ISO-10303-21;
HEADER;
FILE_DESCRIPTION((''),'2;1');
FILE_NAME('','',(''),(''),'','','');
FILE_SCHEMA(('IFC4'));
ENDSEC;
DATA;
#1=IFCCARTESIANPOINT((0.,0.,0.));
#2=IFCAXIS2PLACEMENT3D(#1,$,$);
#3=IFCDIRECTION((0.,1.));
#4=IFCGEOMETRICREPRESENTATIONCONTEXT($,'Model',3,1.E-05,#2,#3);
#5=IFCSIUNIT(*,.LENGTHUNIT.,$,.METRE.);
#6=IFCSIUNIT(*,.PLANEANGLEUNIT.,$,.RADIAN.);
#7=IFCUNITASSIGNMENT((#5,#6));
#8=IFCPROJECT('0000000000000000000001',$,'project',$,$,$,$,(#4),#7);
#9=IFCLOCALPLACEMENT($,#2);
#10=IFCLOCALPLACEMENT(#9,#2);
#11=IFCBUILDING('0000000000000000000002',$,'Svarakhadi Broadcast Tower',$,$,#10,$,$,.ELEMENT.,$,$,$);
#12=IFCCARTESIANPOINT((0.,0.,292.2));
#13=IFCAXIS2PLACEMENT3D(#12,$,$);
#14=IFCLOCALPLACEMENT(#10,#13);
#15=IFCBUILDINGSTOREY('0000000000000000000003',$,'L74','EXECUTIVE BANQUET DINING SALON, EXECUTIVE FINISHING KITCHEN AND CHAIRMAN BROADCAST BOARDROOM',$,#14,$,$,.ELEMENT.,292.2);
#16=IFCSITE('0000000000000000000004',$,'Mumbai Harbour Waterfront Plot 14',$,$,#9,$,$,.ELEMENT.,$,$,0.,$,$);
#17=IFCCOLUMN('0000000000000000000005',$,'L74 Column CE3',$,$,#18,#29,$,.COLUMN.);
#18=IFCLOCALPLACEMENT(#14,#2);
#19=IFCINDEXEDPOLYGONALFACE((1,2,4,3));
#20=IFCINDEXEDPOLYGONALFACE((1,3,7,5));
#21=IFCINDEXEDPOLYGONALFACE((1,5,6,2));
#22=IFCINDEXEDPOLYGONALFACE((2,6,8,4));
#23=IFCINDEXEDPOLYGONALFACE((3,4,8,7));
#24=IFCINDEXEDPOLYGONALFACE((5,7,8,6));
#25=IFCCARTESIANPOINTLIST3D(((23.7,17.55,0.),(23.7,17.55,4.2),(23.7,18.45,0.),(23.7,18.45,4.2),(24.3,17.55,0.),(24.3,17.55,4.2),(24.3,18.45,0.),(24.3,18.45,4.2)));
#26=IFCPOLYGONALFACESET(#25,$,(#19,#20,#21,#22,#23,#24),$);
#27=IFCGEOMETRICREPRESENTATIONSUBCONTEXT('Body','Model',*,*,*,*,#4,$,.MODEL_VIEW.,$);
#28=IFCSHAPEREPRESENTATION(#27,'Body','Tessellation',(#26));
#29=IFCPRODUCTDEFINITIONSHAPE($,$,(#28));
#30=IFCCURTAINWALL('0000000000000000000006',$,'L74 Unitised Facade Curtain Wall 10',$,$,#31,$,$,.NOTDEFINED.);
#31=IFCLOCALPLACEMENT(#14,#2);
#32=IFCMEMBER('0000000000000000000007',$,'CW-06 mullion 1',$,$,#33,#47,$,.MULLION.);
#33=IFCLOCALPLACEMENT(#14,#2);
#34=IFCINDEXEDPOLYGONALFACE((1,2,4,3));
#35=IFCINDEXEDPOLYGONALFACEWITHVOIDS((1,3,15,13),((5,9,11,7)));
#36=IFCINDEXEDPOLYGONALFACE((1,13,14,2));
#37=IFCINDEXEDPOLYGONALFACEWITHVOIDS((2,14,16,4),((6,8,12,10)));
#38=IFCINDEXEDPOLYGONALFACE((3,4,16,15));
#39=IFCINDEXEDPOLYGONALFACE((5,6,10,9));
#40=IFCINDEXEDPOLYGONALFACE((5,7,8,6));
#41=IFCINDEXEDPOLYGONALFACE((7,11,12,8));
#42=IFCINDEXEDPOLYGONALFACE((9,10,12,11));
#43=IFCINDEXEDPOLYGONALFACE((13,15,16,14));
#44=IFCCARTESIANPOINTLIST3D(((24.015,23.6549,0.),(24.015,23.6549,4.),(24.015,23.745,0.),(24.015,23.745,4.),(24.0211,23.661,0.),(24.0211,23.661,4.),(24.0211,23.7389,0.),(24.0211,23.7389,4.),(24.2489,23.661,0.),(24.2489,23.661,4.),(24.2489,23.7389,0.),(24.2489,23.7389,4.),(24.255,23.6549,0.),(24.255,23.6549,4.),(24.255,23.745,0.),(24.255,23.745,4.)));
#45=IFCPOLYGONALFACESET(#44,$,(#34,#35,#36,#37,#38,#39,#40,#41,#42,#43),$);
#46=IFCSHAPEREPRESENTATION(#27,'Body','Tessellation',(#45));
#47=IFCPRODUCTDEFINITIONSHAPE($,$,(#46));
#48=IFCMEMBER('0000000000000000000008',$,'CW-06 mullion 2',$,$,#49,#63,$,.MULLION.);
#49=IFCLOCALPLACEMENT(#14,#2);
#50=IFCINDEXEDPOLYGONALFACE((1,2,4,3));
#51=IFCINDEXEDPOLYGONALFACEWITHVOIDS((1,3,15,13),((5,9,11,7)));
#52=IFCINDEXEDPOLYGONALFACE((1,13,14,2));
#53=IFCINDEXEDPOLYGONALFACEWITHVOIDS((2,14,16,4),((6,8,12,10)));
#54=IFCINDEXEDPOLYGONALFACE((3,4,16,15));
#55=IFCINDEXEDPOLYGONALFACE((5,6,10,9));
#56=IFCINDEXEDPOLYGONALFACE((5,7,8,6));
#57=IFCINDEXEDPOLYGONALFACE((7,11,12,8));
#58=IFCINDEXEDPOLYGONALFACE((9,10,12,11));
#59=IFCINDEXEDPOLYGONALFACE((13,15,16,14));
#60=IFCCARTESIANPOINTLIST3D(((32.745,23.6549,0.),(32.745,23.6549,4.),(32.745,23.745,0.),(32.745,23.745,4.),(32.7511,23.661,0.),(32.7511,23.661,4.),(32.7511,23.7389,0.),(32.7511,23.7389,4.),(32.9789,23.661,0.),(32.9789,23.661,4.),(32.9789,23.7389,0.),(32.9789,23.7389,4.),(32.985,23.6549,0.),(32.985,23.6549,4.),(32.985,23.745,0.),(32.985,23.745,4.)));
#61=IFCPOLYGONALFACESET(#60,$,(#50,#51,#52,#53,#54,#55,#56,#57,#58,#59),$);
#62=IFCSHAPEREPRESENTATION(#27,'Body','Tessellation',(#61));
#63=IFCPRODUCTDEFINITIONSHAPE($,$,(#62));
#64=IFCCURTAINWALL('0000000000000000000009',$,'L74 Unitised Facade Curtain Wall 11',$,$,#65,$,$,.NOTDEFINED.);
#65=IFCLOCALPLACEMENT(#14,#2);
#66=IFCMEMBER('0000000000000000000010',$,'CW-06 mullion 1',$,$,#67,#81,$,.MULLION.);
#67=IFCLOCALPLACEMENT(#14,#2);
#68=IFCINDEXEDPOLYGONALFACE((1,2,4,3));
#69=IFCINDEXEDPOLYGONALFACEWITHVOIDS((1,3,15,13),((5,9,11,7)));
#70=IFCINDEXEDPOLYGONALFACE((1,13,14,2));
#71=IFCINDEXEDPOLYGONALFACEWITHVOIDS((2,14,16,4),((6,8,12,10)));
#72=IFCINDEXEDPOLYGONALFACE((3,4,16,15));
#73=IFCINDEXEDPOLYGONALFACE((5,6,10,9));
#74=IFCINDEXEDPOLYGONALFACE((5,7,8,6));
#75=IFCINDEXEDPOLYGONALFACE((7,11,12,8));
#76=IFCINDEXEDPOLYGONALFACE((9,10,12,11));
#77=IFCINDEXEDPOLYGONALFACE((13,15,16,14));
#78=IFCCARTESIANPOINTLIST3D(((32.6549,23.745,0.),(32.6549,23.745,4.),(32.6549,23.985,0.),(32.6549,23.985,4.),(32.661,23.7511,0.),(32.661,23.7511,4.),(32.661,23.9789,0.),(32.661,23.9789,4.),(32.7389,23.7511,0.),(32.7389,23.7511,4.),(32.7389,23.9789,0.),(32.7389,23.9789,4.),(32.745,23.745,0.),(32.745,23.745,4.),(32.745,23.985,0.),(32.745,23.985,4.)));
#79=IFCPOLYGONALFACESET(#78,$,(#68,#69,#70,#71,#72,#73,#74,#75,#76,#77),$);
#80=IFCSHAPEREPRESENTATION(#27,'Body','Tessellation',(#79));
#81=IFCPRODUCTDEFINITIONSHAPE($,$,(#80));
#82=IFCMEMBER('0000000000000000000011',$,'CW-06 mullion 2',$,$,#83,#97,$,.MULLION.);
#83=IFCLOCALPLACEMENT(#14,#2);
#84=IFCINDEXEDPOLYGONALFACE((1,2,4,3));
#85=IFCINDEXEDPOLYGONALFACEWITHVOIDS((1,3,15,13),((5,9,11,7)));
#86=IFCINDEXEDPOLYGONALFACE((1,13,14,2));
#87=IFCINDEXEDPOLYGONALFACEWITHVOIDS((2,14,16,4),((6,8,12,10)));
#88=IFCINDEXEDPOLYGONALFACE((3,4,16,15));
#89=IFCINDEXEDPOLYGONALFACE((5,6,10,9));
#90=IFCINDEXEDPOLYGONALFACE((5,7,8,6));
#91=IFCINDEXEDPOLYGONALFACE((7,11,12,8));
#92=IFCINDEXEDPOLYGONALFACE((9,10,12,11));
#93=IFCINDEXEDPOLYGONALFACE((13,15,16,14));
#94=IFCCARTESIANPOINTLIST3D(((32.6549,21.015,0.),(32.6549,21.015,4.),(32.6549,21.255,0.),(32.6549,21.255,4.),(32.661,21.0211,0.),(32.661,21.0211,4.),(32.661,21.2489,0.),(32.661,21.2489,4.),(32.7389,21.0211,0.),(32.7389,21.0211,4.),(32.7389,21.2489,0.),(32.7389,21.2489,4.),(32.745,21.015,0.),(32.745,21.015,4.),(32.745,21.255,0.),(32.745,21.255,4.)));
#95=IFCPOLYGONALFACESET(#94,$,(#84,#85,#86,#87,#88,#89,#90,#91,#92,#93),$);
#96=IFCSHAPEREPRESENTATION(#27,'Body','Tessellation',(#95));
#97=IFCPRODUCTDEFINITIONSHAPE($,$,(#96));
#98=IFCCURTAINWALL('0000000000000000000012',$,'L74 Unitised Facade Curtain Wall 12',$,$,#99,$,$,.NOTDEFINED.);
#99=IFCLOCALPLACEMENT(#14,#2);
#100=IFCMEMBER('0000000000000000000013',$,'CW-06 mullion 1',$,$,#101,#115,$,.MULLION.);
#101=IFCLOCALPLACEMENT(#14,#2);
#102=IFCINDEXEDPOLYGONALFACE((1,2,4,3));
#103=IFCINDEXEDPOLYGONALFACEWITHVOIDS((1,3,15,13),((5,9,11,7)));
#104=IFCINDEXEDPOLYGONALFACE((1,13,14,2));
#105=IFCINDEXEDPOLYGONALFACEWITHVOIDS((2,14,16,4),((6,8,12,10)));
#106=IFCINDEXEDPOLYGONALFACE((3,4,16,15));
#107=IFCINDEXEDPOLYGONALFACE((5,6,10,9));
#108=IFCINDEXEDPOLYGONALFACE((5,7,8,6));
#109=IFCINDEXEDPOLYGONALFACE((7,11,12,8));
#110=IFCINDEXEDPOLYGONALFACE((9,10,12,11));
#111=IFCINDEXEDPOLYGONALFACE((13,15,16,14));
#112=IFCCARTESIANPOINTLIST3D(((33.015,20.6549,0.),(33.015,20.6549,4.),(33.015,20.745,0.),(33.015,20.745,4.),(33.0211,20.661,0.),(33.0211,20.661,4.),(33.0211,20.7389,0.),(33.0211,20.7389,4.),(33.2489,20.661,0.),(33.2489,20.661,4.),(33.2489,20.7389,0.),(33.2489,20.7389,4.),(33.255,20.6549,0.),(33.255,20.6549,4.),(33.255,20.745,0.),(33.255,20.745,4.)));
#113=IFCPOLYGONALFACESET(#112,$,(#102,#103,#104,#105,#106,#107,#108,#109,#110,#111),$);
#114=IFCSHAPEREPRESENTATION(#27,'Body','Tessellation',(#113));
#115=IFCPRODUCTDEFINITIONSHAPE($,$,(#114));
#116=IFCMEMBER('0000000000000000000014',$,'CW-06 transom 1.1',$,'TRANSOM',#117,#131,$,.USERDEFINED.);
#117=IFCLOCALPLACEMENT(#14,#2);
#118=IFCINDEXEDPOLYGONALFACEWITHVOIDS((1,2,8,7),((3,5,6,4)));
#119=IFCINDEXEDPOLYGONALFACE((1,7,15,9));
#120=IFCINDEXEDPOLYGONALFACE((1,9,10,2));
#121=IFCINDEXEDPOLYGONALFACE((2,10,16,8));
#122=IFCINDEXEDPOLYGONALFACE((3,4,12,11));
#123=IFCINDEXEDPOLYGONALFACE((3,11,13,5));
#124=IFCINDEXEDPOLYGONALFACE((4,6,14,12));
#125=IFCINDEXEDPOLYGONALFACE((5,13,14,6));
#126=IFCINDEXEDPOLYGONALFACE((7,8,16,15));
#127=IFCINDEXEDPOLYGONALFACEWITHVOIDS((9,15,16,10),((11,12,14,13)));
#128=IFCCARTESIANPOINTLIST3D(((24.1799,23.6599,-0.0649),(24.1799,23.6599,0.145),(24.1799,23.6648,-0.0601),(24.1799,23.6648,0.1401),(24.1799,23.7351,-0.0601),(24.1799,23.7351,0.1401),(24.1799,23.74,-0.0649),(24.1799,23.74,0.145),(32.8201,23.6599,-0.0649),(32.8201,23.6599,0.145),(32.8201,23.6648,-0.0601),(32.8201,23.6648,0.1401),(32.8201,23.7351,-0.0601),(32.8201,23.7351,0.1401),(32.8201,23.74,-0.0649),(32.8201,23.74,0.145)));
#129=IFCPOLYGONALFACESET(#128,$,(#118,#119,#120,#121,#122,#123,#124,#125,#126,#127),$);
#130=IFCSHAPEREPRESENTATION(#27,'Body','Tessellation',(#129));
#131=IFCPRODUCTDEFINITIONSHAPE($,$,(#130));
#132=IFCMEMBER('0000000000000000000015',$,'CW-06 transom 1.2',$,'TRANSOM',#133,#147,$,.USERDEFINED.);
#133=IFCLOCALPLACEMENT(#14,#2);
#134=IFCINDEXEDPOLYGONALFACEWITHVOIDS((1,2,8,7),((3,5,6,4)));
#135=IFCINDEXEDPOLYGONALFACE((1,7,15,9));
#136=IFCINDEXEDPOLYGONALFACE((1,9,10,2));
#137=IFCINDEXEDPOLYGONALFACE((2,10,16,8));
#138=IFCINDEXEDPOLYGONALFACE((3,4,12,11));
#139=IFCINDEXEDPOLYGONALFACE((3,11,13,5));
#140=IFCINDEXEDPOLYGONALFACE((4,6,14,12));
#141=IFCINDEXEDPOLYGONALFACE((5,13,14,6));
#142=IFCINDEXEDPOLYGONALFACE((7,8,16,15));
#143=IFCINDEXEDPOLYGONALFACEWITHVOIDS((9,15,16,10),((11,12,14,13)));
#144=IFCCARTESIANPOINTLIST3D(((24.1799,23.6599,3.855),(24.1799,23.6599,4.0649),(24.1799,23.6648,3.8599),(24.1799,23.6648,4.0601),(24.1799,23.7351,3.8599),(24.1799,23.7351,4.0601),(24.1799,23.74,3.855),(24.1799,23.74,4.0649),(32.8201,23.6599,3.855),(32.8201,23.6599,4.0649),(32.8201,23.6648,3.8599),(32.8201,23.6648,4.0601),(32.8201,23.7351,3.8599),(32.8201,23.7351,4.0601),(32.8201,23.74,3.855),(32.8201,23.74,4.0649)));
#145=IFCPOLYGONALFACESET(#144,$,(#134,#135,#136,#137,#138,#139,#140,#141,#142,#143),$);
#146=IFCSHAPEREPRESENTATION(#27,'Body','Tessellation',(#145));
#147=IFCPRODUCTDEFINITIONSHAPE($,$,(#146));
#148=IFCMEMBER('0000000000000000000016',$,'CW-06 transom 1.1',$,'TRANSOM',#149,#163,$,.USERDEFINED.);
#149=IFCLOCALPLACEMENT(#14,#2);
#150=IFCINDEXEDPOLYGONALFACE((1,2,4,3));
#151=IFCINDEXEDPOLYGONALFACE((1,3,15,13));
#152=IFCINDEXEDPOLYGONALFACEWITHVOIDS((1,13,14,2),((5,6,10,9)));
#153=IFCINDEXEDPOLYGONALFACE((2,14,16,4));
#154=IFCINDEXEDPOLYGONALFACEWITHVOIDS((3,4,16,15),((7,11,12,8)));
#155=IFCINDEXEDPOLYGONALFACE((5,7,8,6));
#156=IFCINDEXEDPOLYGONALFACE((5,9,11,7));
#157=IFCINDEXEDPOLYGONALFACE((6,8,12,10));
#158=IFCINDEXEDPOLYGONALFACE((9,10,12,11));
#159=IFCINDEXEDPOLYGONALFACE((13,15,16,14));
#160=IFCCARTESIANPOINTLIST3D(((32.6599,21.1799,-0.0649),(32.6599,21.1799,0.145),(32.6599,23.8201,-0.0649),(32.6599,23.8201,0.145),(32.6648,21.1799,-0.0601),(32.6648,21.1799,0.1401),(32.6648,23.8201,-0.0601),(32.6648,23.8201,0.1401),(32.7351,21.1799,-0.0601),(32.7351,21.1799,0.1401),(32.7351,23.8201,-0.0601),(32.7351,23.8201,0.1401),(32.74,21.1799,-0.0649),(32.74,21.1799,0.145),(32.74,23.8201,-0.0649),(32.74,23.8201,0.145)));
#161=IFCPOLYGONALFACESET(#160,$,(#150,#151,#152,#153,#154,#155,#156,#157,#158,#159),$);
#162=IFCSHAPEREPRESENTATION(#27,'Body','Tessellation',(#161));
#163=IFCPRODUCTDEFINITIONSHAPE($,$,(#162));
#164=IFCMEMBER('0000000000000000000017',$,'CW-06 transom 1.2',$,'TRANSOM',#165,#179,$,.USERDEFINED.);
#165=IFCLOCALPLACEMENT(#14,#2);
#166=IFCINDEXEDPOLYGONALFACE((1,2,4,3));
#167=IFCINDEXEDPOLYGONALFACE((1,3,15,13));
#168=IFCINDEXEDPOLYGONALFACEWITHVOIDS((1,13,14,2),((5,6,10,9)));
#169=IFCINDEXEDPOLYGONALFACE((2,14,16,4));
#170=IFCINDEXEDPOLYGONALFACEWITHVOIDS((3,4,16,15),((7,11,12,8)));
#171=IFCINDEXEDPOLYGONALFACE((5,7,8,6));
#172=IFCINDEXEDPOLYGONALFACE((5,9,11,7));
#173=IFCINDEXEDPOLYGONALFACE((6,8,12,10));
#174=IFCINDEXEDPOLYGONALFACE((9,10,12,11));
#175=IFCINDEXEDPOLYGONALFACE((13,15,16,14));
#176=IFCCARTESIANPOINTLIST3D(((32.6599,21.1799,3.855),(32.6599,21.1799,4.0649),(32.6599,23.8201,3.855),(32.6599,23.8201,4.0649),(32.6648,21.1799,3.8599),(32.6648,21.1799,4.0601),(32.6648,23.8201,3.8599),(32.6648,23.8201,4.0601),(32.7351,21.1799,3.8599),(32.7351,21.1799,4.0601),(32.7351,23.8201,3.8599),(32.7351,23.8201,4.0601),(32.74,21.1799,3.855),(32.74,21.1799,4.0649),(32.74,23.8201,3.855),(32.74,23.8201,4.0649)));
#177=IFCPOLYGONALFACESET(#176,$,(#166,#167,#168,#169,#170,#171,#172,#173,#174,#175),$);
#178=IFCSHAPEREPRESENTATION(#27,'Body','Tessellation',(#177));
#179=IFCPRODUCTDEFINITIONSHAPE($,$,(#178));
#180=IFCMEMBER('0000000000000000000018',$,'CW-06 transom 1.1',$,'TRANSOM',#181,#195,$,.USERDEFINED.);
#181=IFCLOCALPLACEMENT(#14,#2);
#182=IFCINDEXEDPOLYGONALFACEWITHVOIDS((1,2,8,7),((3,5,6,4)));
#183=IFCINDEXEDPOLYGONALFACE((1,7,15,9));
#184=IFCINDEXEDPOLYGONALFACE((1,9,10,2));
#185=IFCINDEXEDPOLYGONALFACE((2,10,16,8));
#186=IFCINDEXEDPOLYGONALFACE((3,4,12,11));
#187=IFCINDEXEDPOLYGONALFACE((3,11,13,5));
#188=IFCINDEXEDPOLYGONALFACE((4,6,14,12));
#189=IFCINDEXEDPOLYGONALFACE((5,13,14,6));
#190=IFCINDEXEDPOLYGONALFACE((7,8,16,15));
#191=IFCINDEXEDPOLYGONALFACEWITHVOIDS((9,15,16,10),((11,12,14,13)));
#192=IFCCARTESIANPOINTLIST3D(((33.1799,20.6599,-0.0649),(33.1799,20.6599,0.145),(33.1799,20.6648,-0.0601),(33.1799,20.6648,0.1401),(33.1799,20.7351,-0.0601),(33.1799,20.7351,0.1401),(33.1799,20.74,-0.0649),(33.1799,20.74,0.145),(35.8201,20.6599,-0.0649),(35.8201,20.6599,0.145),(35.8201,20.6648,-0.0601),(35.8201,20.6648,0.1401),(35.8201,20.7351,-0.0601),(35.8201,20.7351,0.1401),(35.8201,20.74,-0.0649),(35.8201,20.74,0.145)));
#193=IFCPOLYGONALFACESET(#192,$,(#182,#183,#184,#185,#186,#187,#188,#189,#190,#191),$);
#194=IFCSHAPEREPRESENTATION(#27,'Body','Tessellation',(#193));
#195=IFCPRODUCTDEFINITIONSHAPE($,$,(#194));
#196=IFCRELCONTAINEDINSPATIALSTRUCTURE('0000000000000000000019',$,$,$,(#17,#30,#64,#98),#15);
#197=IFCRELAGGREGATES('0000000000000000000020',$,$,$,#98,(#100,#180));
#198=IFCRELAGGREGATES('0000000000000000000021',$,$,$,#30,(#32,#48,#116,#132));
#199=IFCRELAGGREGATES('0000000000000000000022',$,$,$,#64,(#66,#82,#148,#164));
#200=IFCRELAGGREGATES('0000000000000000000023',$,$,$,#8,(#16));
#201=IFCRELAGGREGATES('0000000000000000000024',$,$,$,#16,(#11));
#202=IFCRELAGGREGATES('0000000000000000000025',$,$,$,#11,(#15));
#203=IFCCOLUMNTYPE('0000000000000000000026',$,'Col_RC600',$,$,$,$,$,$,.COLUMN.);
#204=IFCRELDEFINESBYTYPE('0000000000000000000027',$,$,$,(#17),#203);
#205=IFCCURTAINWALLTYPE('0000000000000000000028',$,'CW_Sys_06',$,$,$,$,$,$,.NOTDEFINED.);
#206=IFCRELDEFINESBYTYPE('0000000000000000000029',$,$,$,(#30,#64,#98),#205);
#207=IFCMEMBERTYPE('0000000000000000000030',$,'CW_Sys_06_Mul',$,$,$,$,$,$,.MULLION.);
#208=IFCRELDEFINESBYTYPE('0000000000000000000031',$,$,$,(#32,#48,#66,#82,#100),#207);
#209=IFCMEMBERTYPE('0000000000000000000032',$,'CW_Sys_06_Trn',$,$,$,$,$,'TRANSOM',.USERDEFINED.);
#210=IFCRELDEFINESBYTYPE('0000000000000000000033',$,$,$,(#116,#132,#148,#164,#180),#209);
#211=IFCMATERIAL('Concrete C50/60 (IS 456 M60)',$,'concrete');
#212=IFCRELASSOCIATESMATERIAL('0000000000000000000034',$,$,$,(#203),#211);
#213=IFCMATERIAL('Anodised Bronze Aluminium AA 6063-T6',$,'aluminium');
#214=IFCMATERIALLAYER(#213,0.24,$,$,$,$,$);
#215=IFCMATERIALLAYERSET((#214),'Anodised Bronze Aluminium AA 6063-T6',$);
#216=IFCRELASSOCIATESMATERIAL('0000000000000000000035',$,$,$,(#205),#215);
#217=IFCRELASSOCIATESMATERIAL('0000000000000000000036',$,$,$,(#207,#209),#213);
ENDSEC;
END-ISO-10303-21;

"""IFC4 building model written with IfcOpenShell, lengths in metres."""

from ifc_helpers import new_model, si_unit, direction, frame, origin, origin_2d, place, context, subcontext, project, spatial, rectangle, hollow_rectangle, extrude, material, layer, layer_set, material_profile, profile_set, type_object, element, aggregate, save


model = new_model("IFC4")

# Units and contexts
model_context = context("Model", 3, precision=1e-05, world=origin(), true_north=direction((0.0, 1.0)))
body_context = subcontext(model_context, "Body", "Model", "MODEL_VIEW")
ifc_project = project(units=[si_unit("LENGTHUNIT", "METRE"), si_unit("PLANEANGLEUNIT", "RADIAN")], contexts=[model_context])

# Site, building, storey
site_placement = place(None, origin())
site = spatial("IfcSite", under=ifc_project, at=site_placement, Name="Mumbai Harbour Waterfront Plot 14", CompositionType="ELEMENT", RefElevation=0.0)
building_placement = place(site_placement, origin())
building = spatial("IfcBuilding", under=site, at=building_placement, Name="Svarakhadi Broadcast Tower", CompositionType="ELEMENT")
storey_placement = place(building_placement, frame((0.0, 0.0, 292.2)))
storey = spatial("IfcBuildingStorey", under=building, at=storey_placement, Name="L74", Description="EXECUTIVE BANQUET DINING SALON, EXECUTIVE FINISHING KITCHEN AND CHAIRMAN BROADCAST BOARDROOM", CompositionType="ELEMENT", Elevation=292.2)

# Column
ifc_material_1 = material(Name="Concrete C50/60 (IS 456 M60)", Category="concrete")
ifc_material_profile_1 = material_profile(ifc_material_1, rectangle(XDim=0.6001, YDim=0.8999, at=origin_2d()), Name="RC 600x900")
ifc_profile_set_1 = profile_set([ifc_material_profile_1], Name="Concrete C50/60 (IS 456 M60)")
column_type = type_object("IfcColumnType", Name="Col_RC600", PredefinedType="COLUMN", material=ifc_profile_set_1)
column_placement = place(storey_placement, frame((24.0, 18.0, 0.0), z_axis=(0.0, 0.0, 1.0), x_axis=(1.0, 0.0, 0.0)))
element("IfcColumn", 1, at=column_placement, inside=storey, type_object=column_type, Name="L74 Column CE3", PredefinedType="COLUMN", context=body_context, shape_type="SweptSolid", body=[
    extrude(rectangle(XDim=0.6001, YDim=0.8999, at=origin_2d()), origin(), (0.0, 0.0, 1.0), 4.2),
])

# Curtain walls, members
ifc_material_2 = material(Name="Anodised Bronze Aluminium AA 6063-T6", Category="aluminium")
ifc_layer_1 = layer(ifc_material_2, 0.24)
ifc_layer_set_1 = layer_set([ifc_layer_1], Name="Anodised Bronze Aluminium AA 6063-T6")
curtain_wall_type = type_object("IfcCurtainWallType", Name="CW_Sys_06", PredefinedType="NOTDEFINED", material=ifc_layer_set_1)
curtain_wall_1_placement = place(storey_placement, origin())
curtain_wall_1 = element("IfcCurtainWall", 2, at=curtain_wall_1_placement, inside=storey, type_object=curtain_wall_type, Name="L74 Unitised Facade Curtain Wall 10", PredefinedType="NOTDEFINED")
ifc_material_profile_2 = material_profile(ifc_material_2, hollow_rectangle(XDim=0.0901, YDim=0.24, WallThickness=0.0061, at=origin_2d()), Name="ALU MULLION 240x90x6")
ifc_profile_set_2 = profile_set([ifc_material_profile_2], Name="Anodised Bronze Aluminium AA 6063-T6")
member_type_1 = type_object("IfcMemberType", Name="CW_Sys_06_Mul", PredefinedType="MULLION", material=ifc_profile_set_2)
member_1_placement = place(storey_placement, frame((24.135, 23.7, 0.0), z_axis=(0.0, 0.0, 1.0), x_axis=(0.0, 1.0, 0.0)))
member_1 = element("IfcMember", 3, at=member_1_placement, type_object=member_type_1, Name="CW-06 mullion 1", PredefinedType="MULLION", context=body_context, shape_type="SweptSolid", body=[
    extrude(hollow_rectangle(XDim=0.0901, YDim=0.24, WallThickness=0.0061, at=origin_2d()), origin(), (0.0, 0.0, 1.0), 4.0),
])
member_2_placement = place(storey_placement, frame((32.865, 23.7, 0.0), z_axis=(0.0, 0.0, 1.0), x_axis=(0.0, 1.0, 0.0)))
member_2 = element("IfcMember", 4, at=member_2_placement, type_object=member_type_1, Name="CW-06 mullion 2", PredefinedType="MULLION", context=body_context, shape_type="SweptSolid", body=[
    extrude(hollow_rectangle(XDim=0.0901, YDim=0.24, WallThickness=0.0061, at=origin_2d()), origin(), (0.0, 0.0, 1.0), 4.0),
])
curtain_wall_2_placement = place(storey_placement, origin())
curtain_wall_2 = element("IfcCurtainWall", 5, at=curtain_wall_2_placement, inside=storey, type_object=curtain_wall_type, Name="L74 Unitised Facade Curtain Wall 11", PredefinedType="NOTDEFINED")
member_3_placement = place(storey_placement, frame((32.7, 23.865, 0.0), z_axis=(0.0, 0.0, 1.0), x_axis=(1.0, 0.0, 0.0)))
member_3 = element("IfcMember", 6, at=member_3_placement, type_object=member_type_1, Name="CW-06 mullion 1", PredefinedType="MULLION", context=body_context, shape_type="SweptSolid", body=[
    extrude(hollow_rectangle(XDim=0.0901, YDim=0.24, WallThickness=0.0061, at=origin_2d()), origin(), (0.0, 0.0, 1.0), 4.0),
])
member_4_placement = place(storey_placement, frame((32.7, 21.135, 0.0), z_axis=(0.0, 0.0, 1.0), x_axis=(1.0, 0.0, 0.0)))
member_4 = element("IfcMember", 7, at=member_4_placement, type_object=member_type_1, Name="CW-06 mullion 2", PredefinedType="MULLION", context=body_context, shape_type="SweptSolid", body=[
    extrude(hollow_rectangle(XDim=0.0901, YDim=0.24, WallThickness=0.0061, at=origin_2d()), origin(), (0.0, 0.0, 1.0), 4.0),
])

# Curtain wall, member
curtain_wall_3_placement = place(storey_placement, origin())
curtain_wall_3 = element("IfcCurtainWall", 8, at=curtain_wall_3_placement, inside=storey, type_object=curtain_wall_type, Name="L74 Unitised Facade Curtain Wall 12", PredefinedType="NOTDEFINED")
member_5_placement = place(storey_placement, frame((33.135, 20.7, 0.0), z_axis=(0.0, 0.0, 1.0), x_axis=(0.0, 1.0, 0.0)))
member_5 = element("IfcMember", 9, at=member_5_placement, type_object=member_type_1, Name="CW-06 mullion 1", PredefinedType="MULLION", context=body_context, shape_type="SweptSolid", body=[
    extrude(hollow_rectangle(XDim=0.0901, YDim=0.24, WallThickness=0.0061, at=origin_2d()), origin(), (0.0, 0.0, 1.0), 4.0),
])

# Members
ifc_material_profile_3 = material_profile(ifc_material_2, hollow_rectangle(XDim=0.0801, YDim=0.21, WallThickness=0.0049, at=origin_2d()), Name="ALU TRANSOM 210x80x5")
ifc_profile_set_3 = profile_set([ifc_material_profile_3], Name="Anodised Bronze Aluminium AA 6063-T6")
member_type_2 = type_object("IfcMemberType", Name="CW_Sys_06_Trn", ElementType="TRANSOM", PredefinedType="USERDEFINED", material=ifc_profile_set_3)
member_6_placement = place(storey_placement, frame((24.1799, 23.7, 0.04), z_axis=(1.0, 0.0, 0.0), x_axis=(0.0, 1.0, 0.0)))
member_6 = element("IfcMember", 10, at=member_6_placement, type_object=member_type_2, Name="CW-06 transom 1.1", ObjectType="TRANSOM", PredefinedType="USERDEFINED", context=body_context, shape_type="SweptSolid", body=[
    extrude(hollow_rectangle(XDim=0.0801, YDim=0.21, WallThickness=0.0049, at=origin_2d()), origin(), (0.0, 0.0, 1.0), 8.6401),
])
member_7_placement = place(storey_placement, frame((24.1799, 23.7, 3.96), z_axis=(1.0, 0.0, 0.0), x_axis=(0.0, 1.0, 0.0)))
member_7 = element("IfcMember", 11, at=member_7_placement, type_object=member_type_2, Name="CW-06 transom 1.2", ObjectType="TRANSOM", PredefinedType="USERDEFINED", context=body_context, shape_type="SweptSolid", body=[
    extrude(hollow_rectangle(XDim=0.0801, YDim=0.21, WallThickness=0.0049, at=origin_2d()), origin(), (0.0, 0.0, 1.0), 8.6401),
])
member_8_placement = place(storey_placement, frame((32.7, 23.8201, 0.04), z_axis=(0.0, -1.0, 0.0), x_axis=(1.0, 0.0, 0.0)))
member_8 = element("IfcMember", 12, at=member_8_placement, type_object=member_type_2, Name="CW-06 transom 1.1", ObjectType="TRANSOM", PredefinedType="USERDEFINED", context=body_context, shape_type="SweptSolid", body=[
    extrude(hollow_rectangle(XDim=0.0801, YDim=0.21, WallThickness=0.0049, at=origin_2d()), origin(), (0.0, 0.0, 1.0), 2.6401),
])
member_9_placement = place(storey_placement, frame((32.7, 23.8201, 3.96), z_axis=(0.0, -1.0, 0.0), x_axis=(1.0, 0.0, 0.0)))
member_9 = element("IfcMember", 13, at=member_9_placement, type_object=member_type_2, Name="CW-06 transom 1.2", ObjectType="TRANSOM", PredefinedType="USERDEFINED", context=body_context, shape_type="SweptSolid", body=[
    extrude(hollow_rectangle(XDim=0.0801, YDim=0.21, WallThickness=0.0049, at=origin_2d()), origin(), (0.0, 0.0, 1.0), 2.6401),
])
member_10_placement = place(storey_placement, frame((33.1799, 20.7, 0.04), z_axis=(1.0, 0.0, 0.0), x_axis=(0.0, 1.0, 0.0)))
member_10 = element("IfcMember", 14, at=member_10_placement, type_object=member_type_2, Name="CW-06 transom 1.1", ObjectType="TRANSOM", PredefinedType="USERDEFINED", context=body_context, shape_type="SweptSolid", body=[
    extrude(hollow_rectangle(XDim=0.0801, YDim=0.21, WallThickness=0.0049, at=origin_2d()), origin(), (0.0, 0.0, 1.0), 2.6401),
])
aggregate(curtain_wall_3, [member_5, member_10])

aggregate(curtain_wall_1, [member_1, member_2, member_6, member_7])
aggregate(curtain_wall_2, [member_3, member_4, member_8, member_9])

save(model, "model.ifc")
